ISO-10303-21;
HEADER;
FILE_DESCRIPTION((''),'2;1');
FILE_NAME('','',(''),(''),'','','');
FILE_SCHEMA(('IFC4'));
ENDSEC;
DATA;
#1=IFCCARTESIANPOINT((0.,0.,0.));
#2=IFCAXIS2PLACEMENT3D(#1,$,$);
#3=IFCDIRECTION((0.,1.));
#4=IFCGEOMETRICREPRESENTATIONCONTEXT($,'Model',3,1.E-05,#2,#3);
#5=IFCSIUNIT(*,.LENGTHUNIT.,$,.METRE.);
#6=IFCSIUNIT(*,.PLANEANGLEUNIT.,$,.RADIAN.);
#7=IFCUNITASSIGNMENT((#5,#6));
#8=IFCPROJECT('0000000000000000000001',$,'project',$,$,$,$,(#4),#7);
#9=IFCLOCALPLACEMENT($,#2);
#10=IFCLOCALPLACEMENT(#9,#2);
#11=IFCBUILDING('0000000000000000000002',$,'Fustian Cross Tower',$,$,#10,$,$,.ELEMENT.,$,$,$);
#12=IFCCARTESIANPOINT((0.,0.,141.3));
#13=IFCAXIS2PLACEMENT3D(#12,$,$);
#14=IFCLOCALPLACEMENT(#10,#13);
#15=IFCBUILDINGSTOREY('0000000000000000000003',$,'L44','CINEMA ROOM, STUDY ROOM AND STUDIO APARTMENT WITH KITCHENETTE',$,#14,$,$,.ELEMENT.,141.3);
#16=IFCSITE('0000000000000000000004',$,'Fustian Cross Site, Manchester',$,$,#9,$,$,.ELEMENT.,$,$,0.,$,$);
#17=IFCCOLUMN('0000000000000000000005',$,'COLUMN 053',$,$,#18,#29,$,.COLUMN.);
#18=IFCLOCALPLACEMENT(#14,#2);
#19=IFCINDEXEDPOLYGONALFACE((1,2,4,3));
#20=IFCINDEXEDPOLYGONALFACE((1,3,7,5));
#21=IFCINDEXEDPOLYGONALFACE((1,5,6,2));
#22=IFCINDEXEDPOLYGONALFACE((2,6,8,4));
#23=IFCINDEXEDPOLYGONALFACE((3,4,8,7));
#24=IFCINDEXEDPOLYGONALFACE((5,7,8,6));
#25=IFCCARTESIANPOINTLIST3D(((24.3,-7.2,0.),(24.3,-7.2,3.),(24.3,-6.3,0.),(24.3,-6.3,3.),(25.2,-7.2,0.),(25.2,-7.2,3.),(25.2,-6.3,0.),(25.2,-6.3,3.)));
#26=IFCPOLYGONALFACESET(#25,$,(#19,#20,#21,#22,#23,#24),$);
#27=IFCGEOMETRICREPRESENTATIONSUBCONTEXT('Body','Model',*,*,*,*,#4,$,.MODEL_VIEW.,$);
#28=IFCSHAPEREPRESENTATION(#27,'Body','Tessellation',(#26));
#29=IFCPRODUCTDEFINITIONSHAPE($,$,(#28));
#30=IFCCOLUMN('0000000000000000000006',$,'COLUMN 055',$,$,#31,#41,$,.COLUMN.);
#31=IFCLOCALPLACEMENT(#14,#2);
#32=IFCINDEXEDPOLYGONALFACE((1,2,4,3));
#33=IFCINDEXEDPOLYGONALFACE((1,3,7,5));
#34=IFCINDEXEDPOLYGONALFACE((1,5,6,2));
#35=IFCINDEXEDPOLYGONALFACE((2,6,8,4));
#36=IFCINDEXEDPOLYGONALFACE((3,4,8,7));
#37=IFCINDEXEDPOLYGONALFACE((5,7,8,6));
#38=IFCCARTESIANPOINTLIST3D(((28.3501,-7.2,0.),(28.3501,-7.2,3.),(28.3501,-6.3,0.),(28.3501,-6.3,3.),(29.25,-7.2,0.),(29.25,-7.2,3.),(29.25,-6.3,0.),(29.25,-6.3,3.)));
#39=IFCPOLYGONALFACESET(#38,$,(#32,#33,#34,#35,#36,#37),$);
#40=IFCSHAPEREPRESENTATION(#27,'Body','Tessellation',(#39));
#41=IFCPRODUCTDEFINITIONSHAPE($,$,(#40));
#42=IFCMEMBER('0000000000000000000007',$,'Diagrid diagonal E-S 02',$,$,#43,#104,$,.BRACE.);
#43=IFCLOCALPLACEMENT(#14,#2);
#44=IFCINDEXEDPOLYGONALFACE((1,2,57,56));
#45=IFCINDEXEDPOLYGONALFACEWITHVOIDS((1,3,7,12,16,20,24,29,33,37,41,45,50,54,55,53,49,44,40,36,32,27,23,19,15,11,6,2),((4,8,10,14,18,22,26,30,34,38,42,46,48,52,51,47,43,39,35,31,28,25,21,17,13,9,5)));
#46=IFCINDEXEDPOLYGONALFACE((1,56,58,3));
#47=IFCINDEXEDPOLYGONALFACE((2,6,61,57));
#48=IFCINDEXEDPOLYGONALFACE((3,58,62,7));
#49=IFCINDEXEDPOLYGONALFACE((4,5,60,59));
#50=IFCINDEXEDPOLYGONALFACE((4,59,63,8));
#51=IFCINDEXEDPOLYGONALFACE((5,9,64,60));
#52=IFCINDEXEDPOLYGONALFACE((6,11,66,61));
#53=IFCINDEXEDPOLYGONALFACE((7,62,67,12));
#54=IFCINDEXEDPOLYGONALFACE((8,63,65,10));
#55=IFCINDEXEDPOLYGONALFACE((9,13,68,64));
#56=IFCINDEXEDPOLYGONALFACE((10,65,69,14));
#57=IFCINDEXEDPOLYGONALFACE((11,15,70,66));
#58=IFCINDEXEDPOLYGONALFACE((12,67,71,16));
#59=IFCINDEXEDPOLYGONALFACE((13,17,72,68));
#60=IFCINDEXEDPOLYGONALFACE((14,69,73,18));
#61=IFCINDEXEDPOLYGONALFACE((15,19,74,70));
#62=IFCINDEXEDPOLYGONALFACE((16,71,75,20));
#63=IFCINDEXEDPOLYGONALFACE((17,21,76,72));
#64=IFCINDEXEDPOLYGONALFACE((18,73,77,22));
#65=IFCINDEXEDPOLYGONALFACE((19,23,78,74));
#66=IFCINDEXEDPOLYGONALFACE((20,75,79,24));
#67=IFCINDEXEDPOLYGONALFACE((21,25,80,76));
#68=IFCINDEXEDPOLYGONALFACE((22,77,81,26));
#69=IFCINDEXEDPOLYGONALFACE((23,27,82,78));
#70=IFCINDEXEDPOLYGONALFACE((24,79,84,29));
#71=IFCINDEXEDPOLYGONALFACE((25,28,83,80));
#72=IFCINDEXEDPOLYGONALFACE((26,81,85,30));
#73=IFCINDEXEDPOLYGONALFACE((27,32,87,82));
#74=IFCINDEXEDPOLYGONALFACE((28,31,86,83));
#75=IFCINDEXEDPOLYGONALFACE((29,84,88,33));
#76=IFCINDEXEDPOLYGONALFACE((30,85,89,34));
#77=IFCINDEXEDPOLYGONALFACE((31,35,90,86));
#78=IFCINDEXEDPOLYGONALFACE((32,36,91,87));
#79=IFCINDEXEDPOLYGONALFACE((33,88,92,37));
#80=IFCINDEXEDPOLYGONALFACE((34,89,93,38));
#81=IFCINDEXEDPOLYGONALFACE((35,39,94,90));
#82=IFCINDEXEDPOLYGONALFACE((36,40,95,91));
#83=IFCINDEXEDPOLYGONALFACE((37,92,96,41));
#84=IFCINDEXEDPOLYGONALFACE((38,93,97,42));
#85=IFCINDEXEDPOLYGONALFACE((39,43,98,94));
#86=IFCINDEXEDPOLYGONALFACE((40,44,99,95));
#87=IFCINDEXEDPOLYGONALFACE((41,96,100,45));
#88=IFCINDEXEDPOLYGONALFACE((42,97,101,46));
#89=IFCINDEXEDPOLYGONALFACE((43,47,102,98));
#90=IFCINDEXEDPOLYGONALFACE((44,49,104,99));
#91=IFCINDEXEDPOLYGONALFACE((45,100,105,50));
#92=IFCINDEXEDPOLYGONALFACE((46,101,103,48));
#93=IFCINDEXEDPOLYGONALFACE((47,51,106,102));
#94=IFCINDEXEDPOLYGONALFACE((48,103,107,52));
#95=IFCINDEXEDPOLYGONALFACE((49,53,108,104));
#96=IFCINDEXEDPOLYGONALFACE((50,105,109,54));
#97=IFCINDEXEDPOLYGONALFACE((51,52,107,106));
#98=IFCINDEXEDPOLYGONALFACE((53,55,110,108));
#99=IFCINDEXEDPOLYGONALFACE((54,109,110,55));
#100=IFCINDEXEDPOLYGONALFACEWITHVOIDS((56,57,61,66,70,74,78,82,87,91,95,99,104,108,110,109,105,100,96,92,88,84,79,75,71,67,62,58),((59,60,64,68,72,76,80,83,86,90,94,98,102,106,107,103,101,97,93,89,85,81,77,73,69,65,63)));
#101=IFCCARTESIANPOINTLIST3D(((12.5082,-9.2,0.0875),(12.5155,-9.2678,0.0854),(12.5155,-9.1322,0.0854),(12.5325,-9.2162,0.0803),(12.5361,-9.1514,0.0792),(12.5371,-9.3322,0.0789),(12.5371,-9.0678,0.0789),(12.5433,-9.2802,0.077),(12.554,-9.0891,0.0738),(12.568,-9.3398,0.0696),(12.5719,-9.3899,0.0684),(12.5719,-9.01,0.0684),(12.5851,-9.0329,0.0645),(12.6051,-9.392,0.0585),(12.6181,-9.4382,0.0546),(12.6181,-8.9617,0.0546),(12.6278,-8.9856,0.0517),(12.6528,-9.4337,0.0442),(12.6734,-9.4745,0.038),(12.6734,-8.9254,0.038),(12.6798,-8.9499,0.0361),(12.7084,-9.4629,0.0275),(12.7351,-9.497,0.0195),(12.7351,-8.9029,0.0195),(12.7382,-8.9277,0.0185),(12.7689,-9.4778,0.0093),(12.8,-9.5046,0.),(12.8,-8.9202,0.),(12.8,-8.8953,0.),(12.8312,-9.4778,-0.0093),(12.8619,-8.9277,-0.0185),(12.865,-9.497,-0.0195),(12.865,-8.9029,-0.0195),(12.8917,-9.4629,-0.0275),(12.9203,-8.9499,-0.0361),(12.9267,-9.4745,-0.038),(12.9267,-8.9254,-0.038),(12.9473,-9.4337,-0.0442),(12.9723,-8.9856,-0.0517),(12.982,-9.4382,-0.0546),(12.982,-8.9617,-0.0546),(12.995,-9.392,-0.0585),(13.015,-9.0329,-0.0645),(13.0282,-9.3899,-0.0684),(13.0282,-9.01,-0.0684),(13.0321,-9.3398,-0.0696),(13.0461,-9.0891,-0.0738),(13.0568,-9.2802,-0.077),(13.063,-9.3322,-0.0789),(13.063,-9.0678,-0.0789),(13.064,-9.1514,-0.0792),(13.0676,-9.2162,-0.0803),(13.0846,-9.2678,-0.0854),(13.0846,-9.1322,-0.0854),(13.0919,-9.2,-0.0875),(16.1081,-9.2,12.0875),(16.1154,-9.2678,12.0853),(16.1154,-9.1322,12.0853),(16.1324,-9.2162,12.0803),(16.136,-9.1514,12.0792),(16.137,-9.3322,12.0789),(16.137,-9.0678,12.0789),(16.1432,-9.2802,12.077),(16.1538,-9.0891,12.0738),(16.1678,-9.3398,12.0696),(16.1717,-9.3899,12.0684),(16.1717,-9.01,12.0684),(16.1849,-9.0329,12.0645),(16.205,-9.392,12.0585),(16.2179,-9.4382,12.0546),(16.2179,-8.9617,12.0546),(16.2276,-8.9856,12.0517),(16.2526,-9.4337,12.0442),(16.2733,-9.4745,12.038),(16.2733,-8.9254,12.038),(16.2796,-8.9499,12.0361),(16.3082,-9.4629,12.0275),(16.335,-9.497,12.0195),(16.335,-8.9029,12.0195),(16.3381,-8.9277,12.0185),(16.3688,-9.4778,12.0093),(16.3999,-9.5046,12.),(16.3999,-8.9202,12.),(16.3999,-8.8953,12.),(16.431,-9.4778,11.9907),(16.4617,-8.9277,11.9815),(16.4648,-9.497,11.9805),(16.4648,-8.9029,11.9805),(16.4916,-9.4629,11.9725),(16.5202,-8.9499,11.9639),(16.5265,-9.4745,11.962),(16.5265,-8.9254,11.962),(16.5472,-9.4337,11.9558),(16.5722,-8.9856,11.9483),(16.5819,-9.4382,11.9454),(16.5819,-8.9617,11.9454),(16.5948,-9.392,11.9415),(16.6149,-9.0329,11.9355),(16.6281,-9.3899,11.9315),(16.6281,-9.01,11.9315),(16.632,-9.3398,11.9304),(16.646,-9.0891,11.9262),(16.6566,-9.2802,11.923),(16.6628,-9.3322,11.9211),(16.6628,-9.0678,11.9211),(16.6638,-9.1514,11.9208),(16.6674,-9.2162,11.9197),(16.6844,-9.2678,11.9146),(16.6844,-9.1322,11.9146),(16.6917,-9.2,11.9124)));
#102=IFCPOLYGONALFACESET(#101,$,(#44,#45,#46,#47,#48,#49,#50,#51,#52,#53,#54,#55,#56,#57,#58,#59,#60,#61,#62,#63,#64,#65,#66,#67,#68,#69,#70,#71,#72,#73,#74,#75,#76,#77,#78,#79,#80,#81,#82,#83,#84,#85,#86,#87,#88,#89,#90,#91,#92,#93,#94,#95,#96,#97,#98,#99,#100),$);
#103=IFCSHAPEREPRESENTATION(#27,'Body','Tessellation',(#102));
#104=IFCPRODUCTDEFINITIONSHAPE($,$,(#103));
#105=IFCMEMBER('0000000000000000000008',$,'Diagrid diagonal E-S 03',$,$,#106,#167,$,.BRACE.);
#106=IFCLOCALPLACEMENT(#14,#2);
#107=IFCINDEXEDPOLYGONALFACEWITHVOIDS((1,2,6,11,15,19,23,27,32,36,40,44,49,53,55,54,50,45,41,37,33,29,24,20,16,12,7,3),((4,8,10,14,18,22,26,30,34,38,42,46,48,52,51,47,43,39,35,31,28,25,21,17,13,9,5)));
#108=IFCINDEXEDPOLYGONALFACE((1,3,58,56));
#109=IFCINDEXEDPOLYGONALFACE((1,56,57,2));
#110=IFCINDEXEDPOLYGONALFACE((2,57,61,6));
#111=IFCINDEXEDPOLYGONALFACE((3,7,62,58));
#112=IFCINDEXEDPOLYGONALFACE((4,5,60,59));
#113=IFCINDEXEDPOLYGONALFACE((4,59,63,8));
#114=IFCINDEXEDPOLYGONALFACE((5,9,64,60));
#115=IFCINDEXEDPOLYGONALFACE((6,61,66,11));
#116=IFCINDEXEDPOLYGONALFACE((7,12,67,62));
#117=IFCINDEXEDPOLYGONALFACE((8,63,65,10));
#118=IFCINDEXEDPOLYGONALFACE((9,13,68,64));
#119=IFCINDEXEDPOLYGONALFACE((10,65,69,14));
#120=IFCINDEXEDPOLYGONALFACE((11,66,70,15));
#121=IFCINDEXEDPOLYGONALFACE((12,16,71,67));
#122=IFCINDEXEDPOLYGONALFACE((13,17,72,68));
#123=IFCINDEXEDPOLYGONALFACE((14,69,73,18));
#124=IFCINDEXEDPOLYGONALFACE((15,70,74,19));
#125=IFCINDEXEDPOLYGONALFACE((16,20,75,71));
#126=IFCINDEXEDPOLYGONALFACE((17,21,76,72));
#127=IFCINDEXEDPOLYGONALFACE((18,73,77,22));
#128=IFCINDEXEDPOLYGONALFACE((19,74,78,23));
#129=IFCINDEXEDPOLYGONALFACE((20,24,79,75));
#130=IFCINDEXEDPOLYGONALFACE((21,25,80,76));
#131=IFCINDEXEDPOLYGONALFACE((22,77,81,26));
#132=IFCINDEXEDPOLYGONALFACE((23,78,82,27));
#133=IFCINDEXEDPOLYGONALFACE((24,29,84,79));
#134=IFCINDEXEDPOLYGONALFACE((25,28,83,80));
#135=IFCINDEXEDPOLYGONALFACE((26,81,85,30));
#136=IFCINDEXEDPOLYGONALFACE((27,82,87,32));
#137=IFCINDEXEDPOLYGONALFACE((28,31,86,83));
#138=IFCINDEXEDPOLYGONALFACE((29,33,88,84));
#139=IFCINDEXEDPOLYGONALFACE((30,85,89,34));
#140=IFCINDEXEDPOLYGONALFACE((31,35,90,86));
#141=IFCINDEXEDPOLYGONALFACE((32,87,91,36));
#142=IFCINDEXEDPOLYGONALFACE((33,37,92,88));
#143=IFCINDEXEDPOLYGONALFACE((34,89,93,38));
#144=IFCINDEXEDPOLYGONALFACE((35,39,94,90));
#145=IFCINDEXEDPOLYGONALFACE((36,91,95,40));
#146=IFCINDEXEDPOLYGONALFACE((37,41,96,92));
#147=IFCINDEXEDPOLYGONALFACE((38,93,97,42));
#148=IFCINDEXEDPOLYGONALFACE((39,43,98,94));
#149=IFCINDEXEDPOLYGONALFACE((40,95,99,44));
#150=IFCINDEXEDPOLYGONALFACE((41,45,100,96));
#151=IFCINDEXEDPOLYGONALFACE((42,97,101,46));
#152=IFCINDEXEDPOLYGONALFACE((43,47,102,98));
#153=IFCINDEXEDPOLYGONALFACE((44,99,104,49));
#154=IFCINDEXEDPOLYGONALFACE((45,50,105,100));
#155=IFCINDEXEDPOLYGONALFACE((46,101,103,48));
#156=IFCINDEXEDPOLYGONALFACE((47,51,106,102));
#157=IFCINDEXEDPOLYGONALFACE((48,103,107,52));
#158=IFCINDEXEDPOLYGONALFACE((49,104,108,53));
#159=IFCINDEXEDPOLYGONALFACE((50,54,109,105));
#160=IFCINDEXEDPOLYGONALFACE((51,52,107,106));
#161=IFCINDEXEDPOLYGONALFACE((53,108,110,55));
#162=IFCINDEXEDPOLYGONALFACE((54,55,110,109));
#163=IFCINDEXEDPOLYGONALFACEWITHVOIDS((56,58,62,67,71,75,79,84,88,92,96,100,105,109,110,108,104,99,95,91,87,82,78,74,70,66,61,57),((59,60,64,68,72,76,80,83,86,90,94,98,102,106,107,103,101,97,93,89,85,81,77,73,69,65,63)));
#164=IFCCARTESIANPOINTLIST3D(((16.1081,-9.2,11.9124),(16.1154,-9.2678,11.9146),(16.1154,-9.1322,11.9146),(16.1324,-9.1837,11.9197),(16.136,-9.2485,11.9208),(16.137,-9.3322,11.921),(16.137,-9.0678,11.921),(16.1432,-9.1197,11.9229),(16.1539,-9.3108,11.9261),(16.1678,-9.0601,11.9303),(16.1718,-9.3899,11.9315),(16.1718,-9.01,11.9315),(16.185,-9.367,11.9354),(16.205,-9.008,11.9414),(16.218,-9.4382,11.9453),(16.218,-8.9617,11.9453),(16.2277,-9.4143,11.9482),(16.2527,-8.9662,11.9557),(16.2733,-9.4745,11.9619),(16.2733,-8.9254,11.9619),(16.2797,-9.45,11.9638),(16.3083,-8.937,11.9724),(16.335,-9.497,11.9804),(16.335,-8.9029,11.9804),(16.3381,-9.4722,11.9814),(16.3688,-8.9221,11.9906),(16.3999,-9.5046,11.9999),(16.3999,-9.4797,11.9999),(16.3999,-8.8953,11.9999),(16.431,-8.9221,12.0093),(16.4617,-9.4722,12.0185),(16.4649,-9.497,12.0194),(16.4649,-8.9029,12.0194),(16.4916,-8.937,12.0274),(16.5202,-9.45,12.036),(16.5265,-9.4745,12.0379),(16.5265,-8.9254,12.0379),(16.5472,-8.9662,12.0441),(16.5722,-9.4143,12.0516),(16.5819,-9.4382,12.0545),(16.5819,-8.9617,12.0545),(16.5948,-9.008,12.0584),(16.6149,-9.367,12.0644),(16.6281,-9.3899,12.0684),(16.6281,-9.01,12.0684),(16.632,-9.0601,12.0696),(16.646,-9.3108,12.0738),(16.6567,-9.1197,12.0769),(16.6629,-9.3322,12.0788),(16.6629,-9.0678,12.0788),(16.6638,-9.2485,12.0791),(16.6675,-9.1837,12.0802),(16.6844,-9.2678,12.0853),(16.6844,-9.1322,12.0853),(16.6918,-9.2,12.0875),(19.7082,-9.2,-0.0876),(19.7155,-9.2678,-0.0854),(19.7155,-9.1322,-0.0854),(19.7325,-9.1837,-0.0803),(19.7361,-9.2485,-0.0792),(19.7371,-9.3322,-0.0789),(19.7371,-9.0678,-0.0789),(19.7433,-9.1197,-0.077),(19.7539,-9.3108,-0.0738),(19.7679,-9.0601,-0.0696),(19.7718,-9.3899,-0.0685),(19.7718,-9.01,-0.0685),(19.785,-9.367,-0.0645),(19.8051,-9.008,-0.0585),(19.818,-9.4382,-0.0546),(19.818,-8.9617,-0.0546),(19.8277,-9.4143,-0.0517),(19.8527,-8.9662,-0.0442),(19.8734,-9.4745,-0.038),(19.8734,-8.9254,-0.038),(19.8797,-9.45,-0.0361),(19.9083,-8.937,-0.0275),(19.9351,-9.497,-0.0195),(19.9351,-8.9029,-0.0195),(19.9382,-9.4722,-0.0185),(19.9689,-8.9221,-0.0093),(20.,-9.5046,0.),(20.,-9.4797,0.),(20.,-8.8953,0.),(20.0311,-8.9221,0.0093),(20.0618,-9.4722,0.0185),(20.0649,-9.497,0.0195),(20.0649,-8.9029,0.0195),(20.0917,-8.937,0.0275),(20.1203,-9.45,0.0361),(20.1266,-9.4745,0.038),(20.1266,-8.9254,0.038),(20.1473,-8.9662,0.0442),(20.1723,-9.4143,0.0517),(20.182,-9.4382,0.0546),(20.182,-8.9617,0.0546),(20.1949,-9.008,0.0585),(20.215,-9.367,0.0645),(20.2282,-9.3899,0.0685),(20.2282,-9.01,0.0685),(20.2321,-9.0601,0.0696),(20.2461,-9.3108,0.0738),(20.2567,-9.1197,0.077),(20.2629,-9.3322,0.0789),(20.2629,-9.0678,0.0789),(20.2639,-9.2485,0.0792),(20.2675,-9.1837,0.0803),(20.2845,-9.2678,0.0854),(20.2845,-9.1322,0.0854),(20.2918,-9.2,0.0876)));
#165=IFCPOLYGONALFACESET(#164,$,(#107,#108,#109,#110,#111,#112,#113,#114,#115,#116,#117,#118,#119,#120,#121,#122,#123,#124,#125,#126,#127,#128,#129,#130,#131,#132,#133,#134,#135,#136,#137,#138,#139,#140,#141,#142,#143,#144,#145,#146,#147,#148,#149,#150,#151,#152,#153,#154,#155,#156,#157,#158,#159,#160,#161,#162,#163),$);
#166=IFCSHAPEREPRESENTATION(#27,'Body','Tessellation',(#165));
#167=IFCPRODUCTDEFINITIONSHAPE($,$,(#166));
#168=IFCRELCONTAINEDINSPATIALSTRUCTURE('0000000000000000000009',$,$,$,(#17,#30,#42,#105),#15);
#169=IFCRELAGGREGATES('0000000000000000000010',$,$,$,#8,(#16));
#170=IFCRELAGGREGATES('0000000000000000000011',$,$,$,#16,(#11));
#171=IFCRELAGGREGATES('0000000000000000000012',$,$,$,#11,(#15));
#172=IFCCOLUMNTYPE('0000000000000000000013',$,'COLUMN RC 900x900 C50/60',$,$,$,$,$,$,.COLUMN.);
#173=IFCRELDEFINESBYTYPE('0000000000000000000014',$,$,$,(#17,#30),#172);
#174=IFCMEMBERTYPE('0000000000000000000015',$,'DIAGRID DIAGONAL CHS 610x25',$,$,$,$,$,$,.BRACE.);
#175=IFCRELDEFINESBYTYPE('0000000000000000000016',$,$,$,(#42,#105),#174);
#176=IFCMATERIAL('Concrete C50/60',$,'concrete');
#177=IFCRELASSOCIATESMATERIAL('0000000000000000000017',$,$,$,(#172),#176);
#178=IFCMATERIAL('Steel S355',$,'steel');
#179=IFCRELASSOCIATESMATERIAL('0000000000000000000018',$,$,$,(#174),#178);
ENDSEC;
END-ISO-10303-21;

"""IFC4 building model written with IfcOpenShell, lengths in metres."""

from ifc_helpers import new_model, si_unit, direction, frame, origin, origin_2d, place, context, subcontext, project, spatial, rectangle, hollow_circle, extrude, material, material_profile, profile_set, type_object, element, save


model = new_model("IFC4")

# Units and contexts
model_context = context("Model", 3, precision=1e-05, world=origin(), true_north=direction((0.0, 1.0)))
body_context = subcontext(model_context, "Body", "Model", "MODEL_VIEW")
ifc_project = project(units=[si_unit("LENGTHUNIT", "METRE"), si_unit("PLANEANGLEUNIT", "RADIAN")], contexts=[model_context])

# Site, building, storey
site_placement = place(None, origin())
site = spatial("IfcSite", under=ifc_project, at=site_placement, Name="Fustian Cross Site, Manchester", CompositionType="ELEMENT", RefElevation=0.0)
building_placement = place(site_placement, origin())
building = spatial("IfcBuilding", under=site, at=building_placement, Name="Fustian Cross Tower", CompositionType="ELEMENT")
storey_placement = place(building_placement, frame((0.0, 0.0, 141.3)))
storey = spatial("IfcBuildingStorey", under=building, at=storey_placement, Name="L44", Description="CINEMA ROOM, STUDY ROOM AND STUDIO APARTMENT WITH KITCHENETTE", CompositionType="ELEMENT", Elevation=141.3)

# Columns
ifc_material_1 = material(Name="Concrete C50/60", Category="concrete")
ifc_material_profile_1 = material_profile(ifc_material_1, rectangle(XDim=0.8999, YDim=0.8999, at=origin_2d()), Name="RC 900x900")
ifc_profile_set_1 = profile_set([ifc_material_profile_1], Name="Concrete C50/60")
column_type = type_object("IfcColumnType", Name="COLUMN RC 900x900 C50/60", PredefinedType="COLUMN", material=ifc_profile_set_1)
for number, where, z_axis, x_axis, name in (
    (1, (24.75, -6.75, 0.0), (0.0, 0.0, 1.0), (1.0, 0.0, 0.0), "COLUMN 053"),
    (2, (28.8, -6.75, 0.0), (0.0, 0.0, 1.0), (1.0, 0.0, 0.0), "COLUMN 055"),
):
    element("IfcColumn", number, at=place(storey_placement, frame(where, z_axis=z_axis, x_axis=x_axis)), inside=storey, type_object=column_type, Name=name, PredefinedType="COLUMN", context=body_context, shape_type="SweptSolid", body=[
        extrude(rectangle(XDim=0.8999, YDim=0.8999, at=origin_2d()), origin(), (0.0, 0.0, 1.0), 3.0),
    ])

# Members
ifc_material_2 = material(Name="Steel S355", Category="steel")
ifc_material_profile_2 = material_profile(ifc_material_2, hollow_circle(Radius=0.3047, WallThickness=0.0249, at=origin_2d()), Name="CHS 610x25")
ifc_profile_set_2 = profile_set([ifc_material_profile_2], Name="Steel S355")
member_type_1 = type_object("IfcMemberType", Name="DIAGRID DIAGONAL CHS 610x25", PredefinedType="BRACE", material=ifc_profile_set_2)
for number, where, z_axis, x_axis, name in (
    (3, (12.8, -9.2, 0.0), (0.287337, 0.0, 0.95783), (0.0, 1.0, 0.0), "Diagrid diagonal E-S 02"),
    (4, (20.0, -9.2, 0.0), (-0.287355, 0.0, 0.957824), (0.0, -1.0, 0.0), "Diagrid diagonal E-S 03"),
):
    element("IfcMember", number, at=place(storey_placement, frame(where, z_axis=z_axis, x_axis=x_axis)), inside=storey, type_object=member_type_1, Name=name, PredefinedType="BRACE", context=body_context, shape_type="SweptSolid", body=[
        extrude(hollow_circle(Radius=0.3047, WallThickness=0.0249, at=origin_2d()), origin(), (0.0, 0.0, 1.0), 12.5283),
    ])

save(model, "model.ifc")
